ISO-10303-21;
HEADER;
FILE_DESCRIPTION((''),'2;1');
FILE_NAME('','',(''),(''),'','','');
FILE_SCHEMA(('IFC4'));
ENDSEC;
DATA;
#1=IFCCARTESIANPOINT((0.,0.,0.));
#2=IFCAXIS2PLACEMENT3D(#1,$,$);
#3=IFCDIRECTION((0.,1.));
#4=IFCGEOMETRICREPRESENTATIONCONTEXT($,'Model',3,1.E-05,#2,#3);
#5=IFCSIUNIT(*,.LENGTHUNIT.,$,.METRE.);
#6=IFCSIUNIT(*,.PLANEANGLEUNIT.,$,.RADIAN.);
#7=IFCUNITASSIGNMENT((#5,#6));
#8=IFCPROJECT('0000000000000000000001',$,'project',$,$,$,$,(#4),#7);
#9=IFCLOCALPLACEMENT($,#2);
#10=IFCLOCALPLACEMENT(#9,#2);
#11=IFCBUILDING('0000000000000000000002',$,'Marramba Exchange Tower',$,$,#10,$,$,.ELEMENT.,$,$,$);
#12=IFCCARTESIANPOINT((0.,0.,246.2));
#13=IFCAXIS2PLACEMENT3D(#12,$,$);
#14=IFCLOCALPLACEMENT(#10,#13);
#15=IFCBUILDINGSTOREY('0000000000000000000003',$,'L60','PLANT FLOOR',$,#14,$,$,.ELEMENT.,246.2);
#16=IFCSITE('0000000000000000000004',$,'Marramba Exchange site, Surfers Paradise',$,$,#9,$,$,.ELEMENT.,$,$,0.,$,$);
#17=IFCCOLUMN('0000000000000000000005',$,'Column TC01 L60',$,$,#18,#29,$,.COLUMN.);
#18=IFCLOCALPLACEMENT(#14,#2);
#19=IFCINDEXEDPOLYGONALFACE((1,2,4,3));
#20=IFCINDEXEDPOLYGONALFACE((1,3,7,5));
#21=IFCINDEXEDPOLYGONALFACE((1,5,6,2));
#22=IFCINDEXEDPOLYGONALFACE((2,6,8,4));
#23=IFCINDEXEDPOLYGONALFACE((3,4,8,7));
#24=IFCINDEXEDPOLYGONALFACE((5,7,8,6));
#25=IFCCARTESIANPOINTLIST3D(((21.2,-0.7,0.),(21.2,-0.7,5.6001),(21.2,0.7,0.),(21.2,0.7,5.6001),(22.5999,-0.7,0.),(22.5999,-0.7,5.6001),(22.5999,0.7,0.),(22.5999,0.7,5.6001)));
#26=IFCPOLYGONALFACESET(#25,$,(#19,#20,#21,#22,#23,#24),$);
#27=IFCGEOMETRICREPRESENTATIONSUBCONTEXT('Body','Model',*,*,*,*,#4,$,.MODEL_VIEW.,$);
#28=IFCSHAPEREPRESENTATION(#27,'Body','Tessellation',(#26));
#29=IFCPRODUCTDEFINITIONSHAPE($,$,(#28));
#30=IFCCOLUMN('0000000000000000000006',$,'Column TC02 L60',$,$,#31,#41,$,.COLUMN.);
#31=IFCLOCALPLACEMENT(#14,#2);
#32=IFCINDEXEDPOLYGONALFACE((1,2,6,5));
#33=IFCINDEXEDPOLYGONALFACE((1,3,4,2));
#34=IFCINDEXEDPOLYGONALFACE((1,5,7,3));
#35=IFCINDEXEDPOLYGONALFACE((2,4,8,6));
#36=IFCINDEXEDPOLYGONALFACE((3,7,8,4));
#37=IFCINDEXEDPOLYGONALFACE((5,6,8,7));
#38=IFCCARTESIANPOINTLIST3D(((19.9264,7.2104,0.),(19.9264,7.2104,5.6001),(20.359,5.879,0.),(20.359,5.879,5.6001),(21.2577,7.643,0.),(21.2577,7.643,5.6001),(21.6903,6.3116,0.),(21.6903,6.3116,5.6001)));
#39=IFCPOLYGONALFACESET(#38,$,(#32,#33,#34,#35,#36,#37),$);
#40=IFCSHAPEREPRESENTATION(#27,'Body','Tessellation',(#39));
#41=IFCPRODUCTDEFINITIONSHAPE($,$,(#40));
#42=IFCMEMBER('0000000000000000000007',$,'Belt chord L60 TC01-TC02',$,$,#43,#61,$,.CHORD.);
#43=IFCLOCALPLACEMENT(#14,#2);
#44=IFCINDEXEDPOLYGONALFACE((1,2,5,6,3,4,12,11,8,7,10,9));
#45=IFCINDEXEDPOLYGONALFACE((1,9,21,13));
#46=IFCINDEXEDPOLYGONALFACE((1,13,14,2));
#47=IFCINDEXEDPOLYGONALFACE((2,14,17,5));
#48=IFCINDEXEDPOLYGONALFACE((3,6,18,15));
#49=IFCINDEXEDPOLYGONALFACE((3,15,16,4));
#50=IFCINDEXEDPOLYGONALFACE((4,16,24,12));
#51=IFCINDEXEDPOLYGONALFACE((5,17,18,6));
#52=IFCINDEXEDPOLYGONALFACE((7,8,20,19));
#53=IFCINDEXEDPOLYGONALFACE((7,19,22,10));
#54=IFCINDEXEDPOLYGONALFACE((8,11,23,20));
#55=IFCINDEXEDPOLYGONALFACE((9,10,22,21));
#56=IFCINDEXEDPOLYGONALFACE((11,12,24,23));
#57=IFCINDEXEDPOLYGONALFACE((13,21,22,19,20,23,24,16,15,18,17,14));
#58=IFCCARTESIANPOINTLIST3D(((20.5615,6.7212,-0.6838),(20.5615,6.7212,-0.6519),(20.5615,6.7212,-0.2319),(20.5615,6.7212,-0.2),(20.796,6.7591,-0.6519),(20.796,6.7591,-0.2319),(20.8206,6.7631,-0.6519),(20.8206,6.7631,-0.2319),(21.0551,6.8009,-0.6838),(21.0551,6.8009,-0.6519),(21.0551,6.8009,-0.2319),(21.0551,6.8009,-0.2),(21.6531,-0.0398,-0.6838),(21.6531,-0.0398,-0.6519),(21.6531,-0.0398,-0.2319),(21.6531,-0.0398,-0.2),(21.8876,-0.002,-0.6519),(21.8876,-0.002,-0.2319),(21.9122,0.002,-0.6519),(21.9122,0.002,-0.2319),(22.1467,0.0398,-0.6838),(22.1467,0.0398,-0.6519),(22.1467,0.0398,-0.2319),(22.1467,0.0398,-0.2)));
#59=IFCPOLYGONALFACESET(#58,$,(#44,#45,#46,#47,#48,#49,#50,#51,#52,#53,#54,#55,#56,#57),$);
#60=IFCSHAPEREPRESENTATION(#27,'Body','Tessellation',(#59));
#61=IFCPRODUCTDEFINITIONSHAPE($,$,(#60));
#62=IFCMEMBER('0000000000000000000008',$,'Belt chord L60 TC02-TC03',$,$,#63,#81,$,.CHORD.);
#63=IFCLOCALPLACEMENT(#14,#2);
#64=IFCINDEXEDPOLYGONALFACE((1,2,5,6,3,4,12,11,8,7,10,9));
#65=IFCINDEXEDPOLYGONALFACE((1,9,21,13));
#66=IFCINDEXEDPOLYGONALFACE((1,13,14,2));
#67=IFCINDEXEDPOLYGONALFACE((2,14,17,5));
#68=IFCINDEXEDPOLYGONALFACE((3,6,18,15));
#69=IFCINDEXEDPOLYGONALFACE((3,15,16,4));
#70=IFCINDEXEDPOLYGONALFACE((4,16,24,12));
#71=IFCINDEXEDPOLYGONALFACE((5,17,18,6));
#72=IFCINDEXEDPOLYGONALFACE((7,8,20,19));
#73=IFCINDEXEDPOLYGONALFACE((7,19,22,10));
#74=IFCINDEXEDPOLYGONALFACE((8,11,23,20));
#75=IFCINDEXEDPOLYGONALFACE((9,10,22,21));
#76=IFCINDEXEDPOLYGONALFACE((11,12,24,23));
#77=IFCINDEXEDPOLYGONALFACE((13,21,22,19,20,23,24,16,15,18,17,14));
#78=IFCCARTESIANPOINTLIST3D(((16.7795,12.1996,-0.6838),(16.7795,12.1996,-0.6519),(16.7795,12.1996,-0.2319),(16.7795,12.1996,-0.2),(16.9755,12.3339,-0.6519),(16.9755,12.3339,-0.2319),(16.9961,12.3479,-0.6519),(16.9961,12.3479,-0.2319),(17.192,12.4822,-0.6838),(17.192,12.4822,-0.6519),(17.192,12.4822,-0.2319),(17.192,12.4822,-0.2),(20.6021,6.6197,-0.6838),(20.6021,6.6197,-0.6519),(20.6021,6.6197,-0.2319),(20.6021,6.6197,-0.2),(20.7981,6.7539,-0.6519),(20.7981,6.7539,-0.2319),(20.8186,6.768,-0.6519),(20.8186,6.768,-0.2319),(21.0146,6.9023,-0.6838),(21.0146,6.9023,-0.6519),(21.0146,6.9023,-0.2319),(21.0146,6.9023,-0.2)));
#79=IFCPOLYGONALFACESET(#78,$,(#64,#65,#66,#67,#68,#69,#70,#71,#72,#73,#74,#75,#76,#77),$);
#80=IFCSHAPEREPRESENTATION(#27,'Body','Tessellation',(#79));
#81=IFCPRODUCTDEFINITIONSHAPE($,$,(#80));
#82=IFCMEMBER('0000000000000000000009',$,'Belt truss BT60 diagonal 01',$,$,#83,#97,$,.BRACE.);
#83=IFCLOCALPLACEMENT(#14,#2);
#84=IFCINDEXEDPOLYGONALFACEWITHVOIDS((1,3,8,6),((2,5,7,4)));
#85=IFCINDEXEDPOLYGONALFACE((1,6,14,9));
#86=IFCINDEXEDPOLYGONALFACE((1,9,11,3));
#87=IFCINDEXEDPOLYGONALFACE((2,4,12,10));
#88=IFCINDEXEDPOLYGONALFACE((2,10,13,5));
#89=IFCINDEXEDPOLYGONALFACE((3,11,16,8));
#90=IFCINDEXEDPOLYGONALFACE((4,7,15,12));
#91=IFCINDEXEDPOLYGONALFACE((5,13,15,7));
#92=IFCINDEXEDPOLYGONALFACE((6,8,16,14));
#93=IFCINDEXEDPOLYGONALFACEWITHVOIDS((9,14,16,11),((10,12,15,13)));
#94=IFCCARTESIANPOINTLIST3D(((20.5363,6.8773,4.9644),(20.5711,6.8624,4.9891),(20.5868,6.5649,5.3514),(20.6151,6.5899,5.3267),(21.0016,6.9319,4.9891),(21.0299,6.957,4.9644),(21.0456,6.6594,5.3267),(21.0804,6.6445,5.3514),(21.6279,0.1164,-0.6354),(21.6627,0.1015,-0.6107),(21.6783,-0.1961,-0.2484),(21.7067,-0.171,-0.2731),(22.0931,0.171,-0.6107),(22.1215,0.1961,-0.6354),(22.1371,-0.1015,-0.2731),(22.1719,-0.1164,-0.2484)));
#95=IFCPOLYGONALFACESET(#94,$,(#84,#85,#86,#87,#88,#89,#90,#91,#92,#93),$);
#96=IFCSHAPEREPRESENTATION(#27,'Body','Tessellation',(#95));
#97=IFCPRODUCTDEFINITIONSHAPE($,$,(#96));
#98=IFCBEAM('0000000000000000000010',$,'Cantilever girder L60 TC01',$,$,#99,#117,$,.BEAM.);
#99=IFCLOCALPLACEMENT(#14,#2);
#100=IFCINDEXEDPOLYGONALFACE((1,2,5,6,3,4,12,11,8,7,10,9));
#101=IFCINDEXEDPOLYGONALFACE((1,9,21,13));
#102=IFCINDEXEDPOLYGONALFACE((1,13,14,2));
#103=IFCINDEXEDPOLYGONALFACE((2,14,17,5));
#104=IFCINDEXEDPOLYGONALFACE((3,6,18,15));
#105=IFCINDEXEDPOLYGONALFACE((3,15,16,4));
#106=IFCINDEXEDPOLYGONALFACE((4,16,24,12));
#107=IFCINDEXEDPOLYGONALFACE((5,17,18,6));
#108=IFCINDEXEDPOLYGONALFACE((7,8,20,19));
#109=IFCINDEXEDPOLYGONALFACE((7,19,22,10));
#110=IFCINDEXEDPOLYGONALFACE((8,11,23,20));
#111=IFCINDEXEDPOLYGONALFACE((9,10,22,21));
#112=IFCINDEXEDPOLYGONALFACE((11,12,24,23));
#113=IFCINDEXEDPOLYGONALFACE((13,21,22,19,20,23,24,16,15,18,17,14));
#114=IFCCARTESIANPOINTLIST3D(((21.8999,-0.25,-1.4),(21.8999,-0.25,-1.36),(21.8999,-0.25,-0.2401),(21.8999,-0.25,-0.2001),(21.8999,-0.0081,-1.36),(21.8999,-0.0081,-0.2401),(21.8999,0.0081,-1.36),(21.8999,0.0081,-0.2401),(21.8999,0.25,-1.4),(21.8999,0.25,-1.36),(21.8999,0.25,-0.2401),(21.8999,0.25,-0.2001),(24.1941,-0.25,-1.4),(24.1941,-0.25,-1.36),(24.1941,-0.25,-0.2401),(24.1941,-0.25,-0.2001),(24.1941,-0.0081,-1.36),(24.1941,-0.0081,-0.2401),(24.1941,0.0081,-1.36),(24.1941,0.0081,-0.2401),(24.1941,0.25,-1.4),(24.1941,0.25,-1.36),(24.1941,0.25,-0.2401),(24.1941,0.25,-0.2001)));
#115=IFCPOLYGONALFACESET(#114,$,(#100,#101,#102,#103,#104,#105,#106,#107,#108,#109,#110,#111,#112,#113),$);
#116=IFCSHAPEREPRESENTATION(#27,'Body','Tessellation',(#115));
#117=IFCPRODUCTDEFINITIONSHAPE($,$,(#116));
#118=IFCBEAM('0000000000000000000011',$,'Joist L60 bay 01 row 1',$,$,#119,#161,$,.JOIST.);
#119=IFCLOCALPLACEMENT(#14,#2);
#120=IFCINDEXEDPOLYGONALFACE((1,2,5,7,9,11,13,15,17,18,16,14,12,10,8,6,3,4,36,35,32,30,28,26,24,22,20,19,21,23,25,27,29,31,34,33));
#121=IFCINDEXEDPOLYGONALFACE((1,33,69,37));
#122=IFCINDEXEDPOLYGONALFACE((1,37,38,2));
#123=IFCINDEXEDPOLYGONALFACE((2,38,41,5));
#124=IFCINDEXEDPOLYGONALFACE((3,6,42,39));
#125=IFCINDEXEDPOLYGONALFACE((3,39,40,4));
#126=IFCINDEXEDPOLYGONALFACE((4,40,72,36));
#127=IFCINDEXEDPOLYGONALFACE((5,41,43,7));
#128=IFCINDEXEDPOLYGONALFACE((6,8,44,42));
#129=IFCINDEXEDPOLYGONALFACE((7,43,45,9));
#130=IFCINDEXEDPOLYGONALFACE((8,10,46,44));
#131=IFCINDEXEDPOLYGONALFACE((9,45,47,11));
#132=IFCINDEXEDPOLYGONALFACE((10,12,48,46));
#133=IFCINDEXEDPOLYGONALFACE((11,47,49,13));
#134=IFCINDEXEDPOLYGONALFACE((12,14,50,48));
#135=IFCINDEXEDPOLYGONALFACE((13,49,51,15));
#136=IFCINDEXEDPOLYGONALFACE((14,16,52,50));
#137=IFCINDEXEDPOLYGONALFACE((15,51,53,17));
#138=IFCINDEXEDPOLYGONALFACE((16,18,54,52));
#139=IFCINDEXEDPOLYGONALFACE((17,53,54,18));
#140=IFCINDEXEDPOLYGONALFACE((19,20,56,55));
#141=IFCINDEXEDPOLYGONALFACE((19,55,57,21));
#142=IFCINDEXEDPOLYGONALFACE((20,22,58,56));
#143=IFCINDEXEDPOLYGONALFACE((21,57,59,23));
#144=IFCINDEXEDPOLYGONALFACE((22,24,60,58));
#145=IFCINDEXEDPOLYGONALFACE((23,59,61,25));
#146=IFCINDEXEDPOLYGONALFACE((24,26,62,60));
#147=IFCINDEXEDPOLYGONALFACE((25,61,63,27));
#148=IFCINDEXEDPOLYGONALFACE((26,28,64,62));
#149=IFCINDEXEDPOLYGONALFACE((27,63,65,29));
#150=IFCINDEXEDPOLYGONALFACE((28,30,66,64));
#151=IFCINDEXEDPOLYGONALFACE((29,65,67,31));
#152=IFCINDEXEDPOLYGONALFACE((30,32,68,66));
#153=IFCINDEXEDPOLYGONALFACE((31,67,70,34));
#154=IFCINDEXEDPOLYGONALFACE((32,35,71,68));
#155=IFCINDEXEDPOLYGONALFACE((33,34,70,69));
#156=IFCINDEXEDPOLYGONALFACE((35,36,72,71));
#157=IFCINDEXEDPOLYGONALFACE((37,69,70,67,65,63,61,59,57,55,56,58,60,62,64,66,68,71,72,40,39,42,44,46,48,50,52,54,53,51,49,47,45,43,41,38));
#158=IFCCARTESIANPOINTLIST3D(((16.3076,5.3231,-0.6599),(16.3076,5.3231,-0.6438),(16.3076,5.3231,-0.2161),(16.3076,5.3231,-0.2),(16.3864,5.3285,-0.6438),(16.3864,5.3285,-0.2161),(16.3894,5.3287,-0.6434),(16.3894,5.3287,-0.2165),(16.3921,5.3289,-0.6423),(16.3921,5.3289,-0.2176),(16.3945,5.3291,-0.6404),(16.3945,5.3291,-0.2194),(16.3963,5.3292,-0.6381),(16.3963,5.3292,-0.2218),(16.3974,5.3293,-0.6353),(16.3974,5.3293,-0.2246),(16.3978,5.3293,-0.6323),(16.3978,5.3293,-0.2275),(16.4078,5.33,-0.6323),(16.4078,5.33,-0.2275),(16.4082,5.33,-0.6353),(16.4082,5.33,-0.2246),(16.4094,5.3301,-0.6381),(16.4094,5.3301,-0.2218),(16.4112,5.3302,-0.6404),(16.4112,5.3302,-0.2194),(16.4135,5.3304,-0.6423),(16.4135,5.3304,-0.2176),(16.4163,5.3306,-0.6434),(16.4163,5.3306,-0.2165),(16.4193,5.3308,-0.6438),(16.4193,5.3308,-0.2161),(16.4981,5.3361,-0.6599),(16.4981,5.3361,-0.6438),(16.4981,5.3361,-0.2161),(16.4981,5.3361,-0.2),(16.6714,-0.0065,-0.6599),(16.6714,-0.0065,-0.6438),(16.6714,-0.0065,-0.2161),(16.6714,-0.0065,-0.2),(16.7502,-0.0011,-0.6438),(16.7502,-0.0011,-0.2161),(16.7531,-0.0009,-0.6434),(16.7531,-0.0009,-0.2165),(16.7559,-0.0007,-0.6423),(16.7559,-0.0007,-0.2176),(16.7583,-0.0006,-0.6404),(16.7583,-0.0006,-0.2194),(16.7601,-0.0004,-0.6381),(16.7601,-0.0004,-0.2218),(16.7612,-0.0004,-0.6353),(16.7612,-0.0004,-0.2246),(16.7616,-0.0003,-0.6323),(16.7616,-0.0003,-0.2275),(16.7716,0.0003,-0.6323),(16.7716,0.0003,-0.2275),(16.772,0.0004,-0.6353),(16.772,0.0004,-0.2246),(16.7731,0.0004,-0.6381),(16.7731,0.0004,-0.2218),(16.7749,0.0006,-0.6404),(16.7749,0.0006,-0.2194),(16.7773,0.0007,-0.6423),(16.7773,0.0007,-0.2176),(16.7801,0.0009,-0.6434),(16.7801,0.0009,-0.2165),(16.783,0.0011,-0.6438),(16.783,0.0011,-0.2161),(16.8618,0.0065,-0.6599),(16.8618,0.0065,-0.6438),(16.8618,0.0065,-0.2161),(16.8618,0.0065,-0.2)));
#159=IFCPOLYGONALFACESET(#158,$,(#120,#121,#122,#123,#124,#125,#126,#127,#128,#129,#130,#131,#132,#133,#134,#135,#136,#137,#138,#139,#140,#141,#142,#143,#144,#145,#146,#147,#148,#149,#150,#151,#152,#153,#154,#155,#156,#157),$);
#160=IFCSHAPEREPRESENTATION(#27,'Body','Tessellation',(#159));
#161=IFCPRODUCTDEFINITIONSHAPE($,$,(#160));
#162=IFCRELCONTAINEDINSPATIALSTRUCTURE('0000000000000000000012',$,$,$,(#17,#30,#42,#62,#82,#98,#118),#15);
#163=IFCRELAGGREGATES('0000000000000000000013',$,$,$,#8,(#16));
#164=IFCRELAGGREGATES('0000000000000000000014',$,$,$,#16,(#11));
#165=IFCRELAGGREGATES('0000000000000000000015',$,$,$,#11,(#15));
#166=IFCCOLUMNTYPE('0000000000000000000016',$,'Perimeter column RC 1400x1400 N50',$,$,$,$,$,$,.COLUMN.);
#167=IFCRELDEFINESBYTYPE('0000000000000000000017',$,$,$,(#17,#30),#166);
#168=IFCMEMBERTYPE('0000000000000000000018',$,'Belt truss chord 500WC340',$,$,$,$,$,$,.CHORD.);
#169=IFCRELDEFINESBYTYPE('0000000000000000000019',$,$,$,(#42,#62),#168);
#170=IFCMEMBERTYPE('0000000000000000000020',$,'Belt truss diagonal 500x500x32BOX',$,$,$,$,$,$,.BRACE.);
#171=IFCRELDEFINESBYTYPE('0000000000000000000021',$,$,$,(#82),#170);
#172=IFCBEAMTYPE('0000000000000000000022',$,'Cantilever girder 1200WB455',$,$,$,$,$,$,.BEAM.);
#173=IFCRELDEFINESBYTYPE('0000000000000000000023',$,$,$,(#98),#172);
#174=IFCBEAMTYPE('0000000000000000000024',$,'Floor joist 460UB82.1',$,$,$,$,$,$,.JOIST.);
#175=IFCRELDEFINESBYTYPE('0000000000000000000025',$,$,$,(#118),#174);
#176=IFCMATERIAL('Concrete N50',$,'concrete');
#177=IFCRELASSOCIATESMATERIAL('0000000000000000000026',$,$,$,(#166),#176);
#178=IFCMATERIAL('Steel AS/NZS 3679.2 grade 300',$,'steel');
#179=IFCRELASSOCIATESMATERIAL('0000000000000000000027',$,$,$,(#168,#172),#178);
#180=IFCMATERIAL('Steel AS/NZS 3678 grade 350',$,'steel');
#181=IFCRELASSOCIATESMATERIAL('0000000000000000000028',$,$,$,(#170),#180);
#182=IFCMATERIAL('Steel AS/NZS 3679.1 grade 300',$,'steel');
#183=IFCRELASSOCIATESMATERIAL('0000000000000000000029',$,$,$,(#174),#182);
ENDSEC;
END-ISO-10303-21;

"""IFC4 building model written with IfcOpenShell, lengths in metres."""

from ifc_helpers import new_model, si_unit, direction, frame, origin, origin_2d, place, context, subcontext, project, spatial, rectangle, hollow_rectangle, i_section, extrude, material, material_profile, profile_set, type_object, element, save


model = new_model("IFC4")

# Units and contexts
model_context = context("Model", 3, precision=1e-05, world=origin(), true_north=direction((0.0, 1.0)))
body_context = subcontext(model_context, "Body", "Model", "MODEL_VIEW")
ifc_project = project(units=[si_unit("LENGTHUNIT", "METRE"), si_unit("PLANEANGLEUNIT", "RADIAN")], contexts=[model_context])

# Site, building, storey
site_placement = place(None, origin())
site = spatial("IfcSite", under=ifc_project, at=site_placement, Name="Marramba Exchange site, Surfers Paradise", CompositionType="ELEMENT", RefElevation=0.0)
building_placement = place(site_placement, origin())
building = spatial("IfcBuilding", under=site, at=building_placement, Name="Marramba Exchange Tower", CompositionType="ELEMENT")
storey_placement = place(building_placement, frame((0.0, 0.0, 246.2)))
storey = spatial("IfcBuildingStorey", under=building, at=storey_placement, Name="L60", Description="PLANT FLOOR", CompositionType="ELEMENT", Elevation=246.2)

# Columns
ifc_material_1 = material(Name="Concrete N50", Category="concrete")
ifc_material_profile_1 = material_profile(ifc_material_1, rectangle(XDim=1.3999, YDim=1.3999, at=origin_2d()), Name="RC 1400x1400")
ifc_profile_set_1 = profile_set([ifc_material_profile_1], Name="Concrete N50")
column_type = type_object("IfcColumnType", Name="Perimeter column RC 1400x1400 N50", PredefinedType="COLUMN", material=ifc_profile_set_1)
for number, where, z_axis, x_axis, name in (
    (1, (21.8999, 0.0, 0.0), (0.0, 0.0, 1.0), (1.0, 0.0, 0.0), "Column TC01 L60"),
    (2, (20.8083, 6.761, 0.0), (0.0, 0.0, 1.0), (0.951057, 0.309017, 0.0), "Column TC02 L60"),
):
    element("IfcColumn", number, at=place(storey_placement, frame(where, z_axis=z_axis, x_axis=x_axis)), inside=storey, type_object=column_type, Name=name, PredefinedType="COLUMN", context=body_context, shape_type="SweptSolid", body=[
        extrude(rectangle(XDim=1.3999, YDim=1.3999, at=origin_2d()), origin(), (0.0, 0.0, 1.0), 5.6001),
    ])

# Members
ifc_material_2 = material(Name="Steel AS/NZS 3679.2 grade 300", Category="steel")
ifc_material_profile_2 = material_profile(ifc_material_2, i_section(OverallWidth=0.5, OverallDepth=0.4839, WebThickness=0.0249, FlangeThickness=0.032, at=origin_2d()), Name="500WC340")
ifc_profile_set_2 = profile_set([ifc_material_profile_2], Name="Steel AS/NZS 3679.2 grade 300")
member_type_1 = type_object("IfcMemberType", Name="Belt truss chord 500WC340", PredefinedType="CHORD", material=ifc_profile_set_2)
member_1_placement = place(storey_placement, frame((21.8999, 0.0, -0.4419), z_axis=(-0.159385, 0.987217, 0.0), x_axis=(-0.987217, -0.159385, 0.0)))
element("IfcMember", 3, at=member_1_placement, inside=storey, type_object=member_type_1, Name="Belt chord L60 TC01-TC02", PredefinedType="CHORD", context=body_context, shape_type="SweptSolid", body=[
    extrude(i_section(OverallWidth=0.5, OverallDepth=0.4839, WebThickness=0.0249, FlangeThickness=0.032, at=origin_2d()), origin(), (0.0, 0.0, 1.0), 6.8486),
])
member_2_placement = place(storey_placement, frame((20.8083, 6.761, -0.4419), z_axis=(-0.56516, 0.824981, 0.0), x_axis=(-0.824981, -0.56516, 0.0)))
element("IfcMember", 4, at=member_2_placement, inside=storey, type_object=member_type_1, Name="Belt chord L60 TC02-TC03", PredefinedType="CHORD", context=body_context, shape_type="SweptSolid", body=[
    extrude(i_section(OverallWidth=0.5, OverallDepth=0.4839, WebThickness=0.0249, FlangeThickness=0.032, at=origin_2d()), origin(), (0.0, 0.0, 1.0), 6.7637),
])
ifc_material_3 = material(Name="Steel AS/NZS 3678 grade 350", Category="steel")
ifc_material_profile_3 = material_profile(ifc_material_3, hollow_rectangle(XDim=0.5, YDim=0.5, WallThickness=0.032, at=origin_2d()), Name="500x500x32BOX")
ifc_profile_set_3 = profile_set([ifc_material_profile_3], Name="Steel AS/NZS 3678 grade 350")
member_type_2 = type_object("IfcMemberType", Name="Belt truss diagonal 500x500x32BOX", PredefinedType="BRACE", material=ifc_profile_set_3)
member_3_placement = place(storey_placement, frame((21.8999, 0.0, -0.4419), z_axis=(-0.123388, 0.764254, 0.633001), x_axis=(-0.987217, -0.159385, 0.0)))
element("IfcMember", 5, at=member_3_placement, inside=storey, type_object=member_type_2, Name="Belt truss BT60 diagonal 01", PredefinedType="BRACE", context=body_context, shape_type="SweptSolid", body=[
    extrude(hollow_rectangle(XDim=0.5, YDim=0.5, WallThickness=0.032, at=origin_2d()), origin(), (0.0, 0.0, 1.0), 8.8464),
])

# Beams
ifc_material_profile_4 = material_profile(ifc_material_2, i_section(OverallWidth=0.5, OverallDepth=1.2, WebThickness=0.0161, FlangeThickness=0.04, at=origin_2d()), Name="1200WB455")
ifc_profile_set_4 = profile_set([ifc_material_profile_4], Name="Steel AS/NZS 3679.2 grade 300")
beam_type_1 = type_object("IfcBeamType", Name="Cantilever girder 1200WB455", PredefinedType="BEAM", material=ifc_profile_set_4)
beam_1_placement = place(storey_placement, frame((21.8999, 0.0, -0.8), z_axis=(1.0, 0.0, 0.0), x_axis=(0.0, 1.0, 0.0)))
element("IfcBeam", 6, at=beam_1_placement, inside=storey, type_object=beam_type_1, Name="Cantilever girder L60 TC01", PredefinedType="BEAM", context=body_context, shape_type="SweptSolid", body=[
    extrude(i_section(OverallWidth=0.5, OverallDepth=1.2, WebThickness=0.0161, FlangeThickness=0.04, at=origin_2d()), origin(), (0.0, 0.0, 1.0), 2.2942),
])
ifc_material_4 = material(Name="Steel AS/NZS 3679.1 grade 300", Category="steel")
ifc_material_profile_5 = material_profile(ifc_material_4, i_section(OverallWidth=0.1909, OverallDepth=0.46, WebThickness=0.01, FlangeThickness=0.0161, FilletRadius=0.0115, at=origin_2d()), Name="460UB82.1")
ifc_profile_set_5 = profile_set([ifc_material_profile_5], Name="Steel AS/NZS 3679.1 grade 300")
beam_type_2 = type_object("IfcBeamType", Name="Floor joist 460UB82.1", PredefinedType="JOIST", material=ifc_profile_set_5)
beam_2_placement = place(storey_placement, frame((16.7666, 0.0, -0.4299), z_axis=(-0.068096, 0.997679, 0.0), x_axis=(-0.997679, -0.068096, 0.0)))
element("IfcBeam", 7, at=beam_2_placement, inside=storey, type_object=beam_type_2, Name="Joist L60 bay 01 row 1", PredefinedType="JOIST", context=body_context, shape_type="SweptSolid", body=[
    extrude(i_section(OverallWidth=0.1909, OverallDepth=0.46, WebThickness=0.01, FlangeThickness=0.0161, FilletRadius=0.0115, at=origin_2d()), origin(), (0.0, 0.0, 1.0), 5.342),
])

save(model, "model.ifc")
